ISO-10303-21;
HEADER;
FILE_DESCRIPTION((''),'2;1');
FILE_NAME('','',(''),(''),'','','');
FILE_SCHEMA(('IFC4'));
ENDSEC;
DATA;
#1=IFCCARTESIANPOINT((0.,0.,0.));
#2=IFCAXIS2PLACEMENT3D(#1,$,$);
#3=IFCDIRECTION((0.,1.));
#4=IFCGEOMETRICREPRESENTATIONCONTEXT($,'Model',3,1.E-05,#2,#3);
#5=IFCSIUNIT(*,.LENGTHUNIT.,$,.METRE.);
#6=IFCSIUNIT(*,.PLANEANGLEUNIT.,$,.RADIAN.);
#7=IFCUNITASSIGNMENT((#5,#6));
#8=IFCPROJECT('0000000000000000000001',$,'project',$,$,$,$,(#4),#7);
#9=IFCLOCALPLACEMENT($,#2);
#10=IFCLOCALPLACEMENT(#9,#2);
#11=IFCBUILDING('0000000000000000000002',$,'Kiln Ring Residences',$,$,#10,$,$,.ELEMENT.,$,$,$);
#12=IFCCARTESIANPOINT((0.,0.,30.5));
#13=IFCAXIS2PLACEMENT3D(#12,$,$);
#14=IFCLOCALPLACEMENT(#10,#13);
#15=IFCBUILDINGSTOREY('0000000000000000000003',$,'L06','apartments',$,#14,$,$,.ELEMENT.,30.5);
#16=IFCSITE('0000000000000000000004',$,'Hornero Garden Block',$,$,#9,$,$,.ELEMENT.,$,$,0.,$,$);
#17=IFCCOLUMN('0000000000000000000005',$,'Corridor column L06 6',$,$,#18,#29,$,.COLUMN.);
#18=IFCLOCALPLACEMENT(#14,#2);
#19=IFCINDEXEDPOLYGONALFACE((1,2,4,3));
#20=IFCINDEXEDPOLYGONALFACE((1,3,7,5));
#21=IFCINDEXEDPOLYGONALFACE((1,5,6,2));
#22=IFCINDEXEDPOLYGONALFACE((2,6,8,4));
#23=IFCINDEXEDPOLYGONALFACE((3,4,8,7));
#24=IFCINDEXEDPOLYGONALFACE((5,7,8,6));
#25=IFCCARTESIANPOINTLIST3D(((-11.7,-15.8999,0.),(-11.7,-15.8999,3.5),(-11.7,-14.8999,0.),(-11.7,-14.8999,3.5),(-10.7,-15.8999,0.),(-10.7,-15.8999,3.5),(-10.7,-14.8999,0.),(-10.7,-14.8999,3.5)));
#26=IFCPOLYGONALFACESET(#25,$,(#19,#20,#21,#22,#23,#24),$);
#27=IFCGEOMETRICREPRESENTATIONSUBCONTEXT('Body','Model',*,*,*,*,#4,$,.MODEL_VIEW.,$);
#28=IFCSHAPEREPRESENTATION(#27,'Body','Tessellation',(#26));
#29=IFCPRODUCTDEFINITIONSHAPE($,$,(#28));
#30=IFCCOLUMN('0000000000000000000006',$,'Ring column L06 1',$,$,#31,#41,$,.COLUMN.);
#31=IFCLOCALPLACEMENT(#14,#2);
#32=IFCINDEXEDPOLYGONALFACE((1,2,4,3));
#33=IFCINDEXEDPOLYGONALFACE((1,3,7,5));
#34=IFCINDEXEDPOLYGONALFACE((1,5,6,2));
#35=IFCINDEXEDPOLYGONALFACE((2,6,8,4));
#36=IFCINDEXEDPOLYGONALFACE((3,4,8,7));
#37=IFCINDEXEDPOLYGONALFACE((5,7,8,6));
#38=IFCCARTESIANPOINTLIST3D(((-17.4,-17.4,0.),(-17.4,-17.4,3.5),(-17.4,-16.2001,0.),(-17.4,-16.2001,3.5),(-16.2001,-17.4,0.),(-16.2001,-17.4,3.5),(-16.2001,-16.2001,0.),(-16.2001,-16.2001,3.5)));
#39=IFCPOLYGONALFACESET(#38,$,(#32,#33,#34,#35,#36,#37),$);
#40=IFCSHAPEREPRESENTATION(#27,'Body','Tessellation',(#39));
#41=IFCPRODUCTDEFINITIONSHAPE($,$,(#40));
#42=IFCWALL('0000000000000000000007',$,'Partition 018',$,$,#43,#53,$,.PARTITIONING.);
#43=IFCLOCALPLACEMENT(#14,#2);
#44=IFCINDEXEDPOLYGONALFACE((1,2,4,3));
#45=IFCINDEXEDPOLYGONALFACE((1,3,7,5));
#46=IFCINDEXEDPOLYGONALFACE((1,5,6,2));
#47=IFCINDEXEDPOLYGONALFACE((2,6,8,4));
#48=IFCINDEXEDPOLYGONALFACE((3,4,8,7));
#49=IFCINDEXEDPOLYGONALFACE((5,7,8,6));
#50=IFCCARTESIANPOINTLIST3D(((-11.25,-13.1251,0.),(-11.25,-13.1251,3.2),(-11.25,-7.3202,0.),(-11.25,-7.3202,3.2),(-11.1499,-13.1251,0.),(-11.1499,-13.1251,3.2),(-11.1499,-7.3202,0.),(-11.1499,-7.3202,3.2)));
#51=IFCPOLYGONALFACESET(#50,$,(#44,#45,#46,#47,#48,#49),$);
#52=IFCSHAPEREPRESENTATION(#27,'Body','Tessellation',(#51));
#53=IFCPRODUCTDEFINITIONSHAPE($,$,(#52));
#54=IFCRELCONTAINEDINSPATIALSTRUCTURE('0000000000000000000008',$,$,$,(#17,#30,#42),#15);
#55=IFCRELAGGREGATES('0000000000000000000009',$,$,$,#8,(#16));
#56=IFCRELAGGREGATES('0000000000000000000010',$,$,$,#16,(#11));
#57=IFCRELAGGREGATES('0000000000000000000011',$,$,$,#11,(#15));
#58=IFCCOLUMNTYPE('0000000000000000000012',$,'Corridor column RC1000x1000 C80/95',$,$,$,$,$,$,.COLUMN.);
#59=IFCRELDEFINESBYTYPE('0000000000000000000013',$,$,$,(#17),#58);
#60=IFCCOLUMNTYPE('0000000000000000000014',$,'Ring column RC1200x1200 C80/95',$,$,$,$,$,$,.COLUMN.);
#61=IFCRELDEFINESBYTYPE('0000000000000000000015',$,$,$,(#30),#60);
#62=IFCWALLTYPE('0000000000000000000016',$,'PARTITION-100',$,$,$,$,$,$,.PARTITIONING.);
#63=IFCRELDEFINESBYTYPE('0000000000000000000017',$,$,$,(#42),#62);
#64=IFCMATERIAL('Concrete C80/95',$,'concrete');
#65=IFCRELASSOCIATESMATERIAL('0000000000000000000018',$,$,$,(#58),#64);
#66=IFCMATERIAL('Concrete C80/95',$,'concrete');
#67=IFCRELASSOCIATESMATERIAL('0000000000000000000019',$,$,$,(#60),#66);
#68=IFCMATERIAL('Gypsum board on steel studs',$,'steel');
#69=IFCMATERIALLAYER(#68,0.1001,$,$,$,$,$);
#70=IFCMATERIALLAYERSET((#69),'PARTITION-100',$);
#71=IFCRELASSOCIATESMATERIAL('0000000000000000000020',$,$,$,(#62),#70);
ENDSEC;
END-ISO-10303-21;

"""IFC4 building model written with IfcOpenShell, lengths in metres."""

from ifc_helpers import new_model, si_unit, direction, frame, frame_2d, origin, origin_2d, place, context, subcontext, project, spatial, rectangle, extrude, material, layer, layer_set, material_profile, profile_set, type_object, element, save


model = new_model("IFC4")

# Units and contexts
model_context = context("Model", 3, precision=1e-05, world=origin(), true_north=direction((0.0, 1.0)))
body_context = subcontext(model_context, "Body", "Model", "MODEL_VIEW")
ifc_project = project(units=[si_unit("LENGTHUNIT", "METRE"), si_unit("PLANEANGLEUNIT", "RADIAN")], contexts=[model_context])

# Site, building, storey
site_placement = place(None, origin())
site = spatial("IfcSite", under=ifc_project, at=site_placement, Name="Hornero Garden Block", CompositionType="ELEMENT", RefElevation=0.0)
building_placement = place(site_placement, origin())
building = spatial("IfcBuilding", under=site, at=building_placement, Name="Kiln Ring Residences", CompositionType="ELEMENT")
storey_placement = place(building_placement, frame((0.0, 0.0, 30.5)))
storey = spatial("IfcBuildingStorey", under=building, at=storey_placement, Name="L06", Description="apartments", CompositionType="ELEMENT", Elevation=30.5)

# Columns
ifc_material_1 = material(Name="Concrete C80/95", Category="concrete")
ifc_material_profile_1 = material_profile(ifc_material_1, rectangle(XDim=1.0, YDim=1.0, at=origin_2d()), Name="RC1000x1000")
ifc_profile_set_1 = profile_set([ifc_material_profile_1], Name="Concrete C80/95")
column_type_1 = type_object("IfcColumnType", Name="Corridor column RC1000x1000 C80/95", PredefinedType="COLUMN", material=ifc_profile_set_1)
column_1_placement = place(storey_placement, frame((-11.2, -15.3999, 0.0), z_axis=(0.0, 0.0, 1.0), x_axis=(1.0, 0.0, 0.0)))
element("IfcColumn", 1, at=column_1_placement, inside=storey, type_object=column_type_1, Name="Corridor column L06 6", PredefinedType="COLUMN", context=body_context, shape_type="SweptSolid", body=[
    extrude(rectangle(XDim=1.0, YDim=1.0, at=origin_2d()), origin(), (0.0, 0.0, 1.0), 3.5),
])
ifc_material_2 = material(Name="Concrete C80/95", Category="concrete")
ifc_material_profile_2 = material_profile(ifc_material_2, rectangle(XDim=1.2, YDim=1.2, at=origin_2d()), Name="RC1200x1200")
ifc_profile_set_2 = profile_set([ifc_material_profile_2], Name="Concrete C80/95")
column_type_2 = type_object("IfcColumnType", Name="Ring column RC1200x1200 C80/95", PredefinedType="COLUMN", material=ifc_profile_set_2)
column_2_placement = place(storey_placement, frame((-16.8, -16.8, 0.0), z_axis=(0.0, 0.0, 1.0), x_axis=(1.0, 0.0, 0.0)))
element("IfcColumn", 2, at=column_2_placement, inside=storey, type_object=column_type_2, Name="Ring column L06 1", PredefinedType="COLUMN", context=body_context, shape_type="SweptSolid", body=[
    extrude(rectangle(XDim=1.2, YDim=1.2, at=origin_2d()), origin(), (0.0, 0.0, 1.0), 3.5),
])

# Wall
ifc_material_3 = material(Name="Gypsum board on steel studs", Category="steel")
ifc_layer_1 = layer(ifc_material_3, 0.1001)
ifc_layer_set_1 = layer_set([ifc_layer_1], Name="PARTITION-100")
wall_type_1 = type_object("IfcWallType", Name="PARTITION-100", PredefinedType="PARTITIONING", material=ifc_layer_set_1)
wall_1_placement = place(storey_placement, frame((-11.2, -13.125, 0.0), z_axis=(0.0, 0.0, 1.0), x_axis=(0.0, 1.0, 0.0)))
element("IfcWall", 3, at=wall_1_placement, inside=storey, type_object=wall_type_1, Name="Partition 018", PredefinedType="PARTITIONING", context=body_context, shape_type="SweptSolid", body=[
    extrude(rectangle(XDim=5.8049, YDim=0.1001, at=frame_2d((2.9023, 0.0))), origin(), (0.0, 0.0, 1.0), 3.2),
])

save(model, "model.ifc")
